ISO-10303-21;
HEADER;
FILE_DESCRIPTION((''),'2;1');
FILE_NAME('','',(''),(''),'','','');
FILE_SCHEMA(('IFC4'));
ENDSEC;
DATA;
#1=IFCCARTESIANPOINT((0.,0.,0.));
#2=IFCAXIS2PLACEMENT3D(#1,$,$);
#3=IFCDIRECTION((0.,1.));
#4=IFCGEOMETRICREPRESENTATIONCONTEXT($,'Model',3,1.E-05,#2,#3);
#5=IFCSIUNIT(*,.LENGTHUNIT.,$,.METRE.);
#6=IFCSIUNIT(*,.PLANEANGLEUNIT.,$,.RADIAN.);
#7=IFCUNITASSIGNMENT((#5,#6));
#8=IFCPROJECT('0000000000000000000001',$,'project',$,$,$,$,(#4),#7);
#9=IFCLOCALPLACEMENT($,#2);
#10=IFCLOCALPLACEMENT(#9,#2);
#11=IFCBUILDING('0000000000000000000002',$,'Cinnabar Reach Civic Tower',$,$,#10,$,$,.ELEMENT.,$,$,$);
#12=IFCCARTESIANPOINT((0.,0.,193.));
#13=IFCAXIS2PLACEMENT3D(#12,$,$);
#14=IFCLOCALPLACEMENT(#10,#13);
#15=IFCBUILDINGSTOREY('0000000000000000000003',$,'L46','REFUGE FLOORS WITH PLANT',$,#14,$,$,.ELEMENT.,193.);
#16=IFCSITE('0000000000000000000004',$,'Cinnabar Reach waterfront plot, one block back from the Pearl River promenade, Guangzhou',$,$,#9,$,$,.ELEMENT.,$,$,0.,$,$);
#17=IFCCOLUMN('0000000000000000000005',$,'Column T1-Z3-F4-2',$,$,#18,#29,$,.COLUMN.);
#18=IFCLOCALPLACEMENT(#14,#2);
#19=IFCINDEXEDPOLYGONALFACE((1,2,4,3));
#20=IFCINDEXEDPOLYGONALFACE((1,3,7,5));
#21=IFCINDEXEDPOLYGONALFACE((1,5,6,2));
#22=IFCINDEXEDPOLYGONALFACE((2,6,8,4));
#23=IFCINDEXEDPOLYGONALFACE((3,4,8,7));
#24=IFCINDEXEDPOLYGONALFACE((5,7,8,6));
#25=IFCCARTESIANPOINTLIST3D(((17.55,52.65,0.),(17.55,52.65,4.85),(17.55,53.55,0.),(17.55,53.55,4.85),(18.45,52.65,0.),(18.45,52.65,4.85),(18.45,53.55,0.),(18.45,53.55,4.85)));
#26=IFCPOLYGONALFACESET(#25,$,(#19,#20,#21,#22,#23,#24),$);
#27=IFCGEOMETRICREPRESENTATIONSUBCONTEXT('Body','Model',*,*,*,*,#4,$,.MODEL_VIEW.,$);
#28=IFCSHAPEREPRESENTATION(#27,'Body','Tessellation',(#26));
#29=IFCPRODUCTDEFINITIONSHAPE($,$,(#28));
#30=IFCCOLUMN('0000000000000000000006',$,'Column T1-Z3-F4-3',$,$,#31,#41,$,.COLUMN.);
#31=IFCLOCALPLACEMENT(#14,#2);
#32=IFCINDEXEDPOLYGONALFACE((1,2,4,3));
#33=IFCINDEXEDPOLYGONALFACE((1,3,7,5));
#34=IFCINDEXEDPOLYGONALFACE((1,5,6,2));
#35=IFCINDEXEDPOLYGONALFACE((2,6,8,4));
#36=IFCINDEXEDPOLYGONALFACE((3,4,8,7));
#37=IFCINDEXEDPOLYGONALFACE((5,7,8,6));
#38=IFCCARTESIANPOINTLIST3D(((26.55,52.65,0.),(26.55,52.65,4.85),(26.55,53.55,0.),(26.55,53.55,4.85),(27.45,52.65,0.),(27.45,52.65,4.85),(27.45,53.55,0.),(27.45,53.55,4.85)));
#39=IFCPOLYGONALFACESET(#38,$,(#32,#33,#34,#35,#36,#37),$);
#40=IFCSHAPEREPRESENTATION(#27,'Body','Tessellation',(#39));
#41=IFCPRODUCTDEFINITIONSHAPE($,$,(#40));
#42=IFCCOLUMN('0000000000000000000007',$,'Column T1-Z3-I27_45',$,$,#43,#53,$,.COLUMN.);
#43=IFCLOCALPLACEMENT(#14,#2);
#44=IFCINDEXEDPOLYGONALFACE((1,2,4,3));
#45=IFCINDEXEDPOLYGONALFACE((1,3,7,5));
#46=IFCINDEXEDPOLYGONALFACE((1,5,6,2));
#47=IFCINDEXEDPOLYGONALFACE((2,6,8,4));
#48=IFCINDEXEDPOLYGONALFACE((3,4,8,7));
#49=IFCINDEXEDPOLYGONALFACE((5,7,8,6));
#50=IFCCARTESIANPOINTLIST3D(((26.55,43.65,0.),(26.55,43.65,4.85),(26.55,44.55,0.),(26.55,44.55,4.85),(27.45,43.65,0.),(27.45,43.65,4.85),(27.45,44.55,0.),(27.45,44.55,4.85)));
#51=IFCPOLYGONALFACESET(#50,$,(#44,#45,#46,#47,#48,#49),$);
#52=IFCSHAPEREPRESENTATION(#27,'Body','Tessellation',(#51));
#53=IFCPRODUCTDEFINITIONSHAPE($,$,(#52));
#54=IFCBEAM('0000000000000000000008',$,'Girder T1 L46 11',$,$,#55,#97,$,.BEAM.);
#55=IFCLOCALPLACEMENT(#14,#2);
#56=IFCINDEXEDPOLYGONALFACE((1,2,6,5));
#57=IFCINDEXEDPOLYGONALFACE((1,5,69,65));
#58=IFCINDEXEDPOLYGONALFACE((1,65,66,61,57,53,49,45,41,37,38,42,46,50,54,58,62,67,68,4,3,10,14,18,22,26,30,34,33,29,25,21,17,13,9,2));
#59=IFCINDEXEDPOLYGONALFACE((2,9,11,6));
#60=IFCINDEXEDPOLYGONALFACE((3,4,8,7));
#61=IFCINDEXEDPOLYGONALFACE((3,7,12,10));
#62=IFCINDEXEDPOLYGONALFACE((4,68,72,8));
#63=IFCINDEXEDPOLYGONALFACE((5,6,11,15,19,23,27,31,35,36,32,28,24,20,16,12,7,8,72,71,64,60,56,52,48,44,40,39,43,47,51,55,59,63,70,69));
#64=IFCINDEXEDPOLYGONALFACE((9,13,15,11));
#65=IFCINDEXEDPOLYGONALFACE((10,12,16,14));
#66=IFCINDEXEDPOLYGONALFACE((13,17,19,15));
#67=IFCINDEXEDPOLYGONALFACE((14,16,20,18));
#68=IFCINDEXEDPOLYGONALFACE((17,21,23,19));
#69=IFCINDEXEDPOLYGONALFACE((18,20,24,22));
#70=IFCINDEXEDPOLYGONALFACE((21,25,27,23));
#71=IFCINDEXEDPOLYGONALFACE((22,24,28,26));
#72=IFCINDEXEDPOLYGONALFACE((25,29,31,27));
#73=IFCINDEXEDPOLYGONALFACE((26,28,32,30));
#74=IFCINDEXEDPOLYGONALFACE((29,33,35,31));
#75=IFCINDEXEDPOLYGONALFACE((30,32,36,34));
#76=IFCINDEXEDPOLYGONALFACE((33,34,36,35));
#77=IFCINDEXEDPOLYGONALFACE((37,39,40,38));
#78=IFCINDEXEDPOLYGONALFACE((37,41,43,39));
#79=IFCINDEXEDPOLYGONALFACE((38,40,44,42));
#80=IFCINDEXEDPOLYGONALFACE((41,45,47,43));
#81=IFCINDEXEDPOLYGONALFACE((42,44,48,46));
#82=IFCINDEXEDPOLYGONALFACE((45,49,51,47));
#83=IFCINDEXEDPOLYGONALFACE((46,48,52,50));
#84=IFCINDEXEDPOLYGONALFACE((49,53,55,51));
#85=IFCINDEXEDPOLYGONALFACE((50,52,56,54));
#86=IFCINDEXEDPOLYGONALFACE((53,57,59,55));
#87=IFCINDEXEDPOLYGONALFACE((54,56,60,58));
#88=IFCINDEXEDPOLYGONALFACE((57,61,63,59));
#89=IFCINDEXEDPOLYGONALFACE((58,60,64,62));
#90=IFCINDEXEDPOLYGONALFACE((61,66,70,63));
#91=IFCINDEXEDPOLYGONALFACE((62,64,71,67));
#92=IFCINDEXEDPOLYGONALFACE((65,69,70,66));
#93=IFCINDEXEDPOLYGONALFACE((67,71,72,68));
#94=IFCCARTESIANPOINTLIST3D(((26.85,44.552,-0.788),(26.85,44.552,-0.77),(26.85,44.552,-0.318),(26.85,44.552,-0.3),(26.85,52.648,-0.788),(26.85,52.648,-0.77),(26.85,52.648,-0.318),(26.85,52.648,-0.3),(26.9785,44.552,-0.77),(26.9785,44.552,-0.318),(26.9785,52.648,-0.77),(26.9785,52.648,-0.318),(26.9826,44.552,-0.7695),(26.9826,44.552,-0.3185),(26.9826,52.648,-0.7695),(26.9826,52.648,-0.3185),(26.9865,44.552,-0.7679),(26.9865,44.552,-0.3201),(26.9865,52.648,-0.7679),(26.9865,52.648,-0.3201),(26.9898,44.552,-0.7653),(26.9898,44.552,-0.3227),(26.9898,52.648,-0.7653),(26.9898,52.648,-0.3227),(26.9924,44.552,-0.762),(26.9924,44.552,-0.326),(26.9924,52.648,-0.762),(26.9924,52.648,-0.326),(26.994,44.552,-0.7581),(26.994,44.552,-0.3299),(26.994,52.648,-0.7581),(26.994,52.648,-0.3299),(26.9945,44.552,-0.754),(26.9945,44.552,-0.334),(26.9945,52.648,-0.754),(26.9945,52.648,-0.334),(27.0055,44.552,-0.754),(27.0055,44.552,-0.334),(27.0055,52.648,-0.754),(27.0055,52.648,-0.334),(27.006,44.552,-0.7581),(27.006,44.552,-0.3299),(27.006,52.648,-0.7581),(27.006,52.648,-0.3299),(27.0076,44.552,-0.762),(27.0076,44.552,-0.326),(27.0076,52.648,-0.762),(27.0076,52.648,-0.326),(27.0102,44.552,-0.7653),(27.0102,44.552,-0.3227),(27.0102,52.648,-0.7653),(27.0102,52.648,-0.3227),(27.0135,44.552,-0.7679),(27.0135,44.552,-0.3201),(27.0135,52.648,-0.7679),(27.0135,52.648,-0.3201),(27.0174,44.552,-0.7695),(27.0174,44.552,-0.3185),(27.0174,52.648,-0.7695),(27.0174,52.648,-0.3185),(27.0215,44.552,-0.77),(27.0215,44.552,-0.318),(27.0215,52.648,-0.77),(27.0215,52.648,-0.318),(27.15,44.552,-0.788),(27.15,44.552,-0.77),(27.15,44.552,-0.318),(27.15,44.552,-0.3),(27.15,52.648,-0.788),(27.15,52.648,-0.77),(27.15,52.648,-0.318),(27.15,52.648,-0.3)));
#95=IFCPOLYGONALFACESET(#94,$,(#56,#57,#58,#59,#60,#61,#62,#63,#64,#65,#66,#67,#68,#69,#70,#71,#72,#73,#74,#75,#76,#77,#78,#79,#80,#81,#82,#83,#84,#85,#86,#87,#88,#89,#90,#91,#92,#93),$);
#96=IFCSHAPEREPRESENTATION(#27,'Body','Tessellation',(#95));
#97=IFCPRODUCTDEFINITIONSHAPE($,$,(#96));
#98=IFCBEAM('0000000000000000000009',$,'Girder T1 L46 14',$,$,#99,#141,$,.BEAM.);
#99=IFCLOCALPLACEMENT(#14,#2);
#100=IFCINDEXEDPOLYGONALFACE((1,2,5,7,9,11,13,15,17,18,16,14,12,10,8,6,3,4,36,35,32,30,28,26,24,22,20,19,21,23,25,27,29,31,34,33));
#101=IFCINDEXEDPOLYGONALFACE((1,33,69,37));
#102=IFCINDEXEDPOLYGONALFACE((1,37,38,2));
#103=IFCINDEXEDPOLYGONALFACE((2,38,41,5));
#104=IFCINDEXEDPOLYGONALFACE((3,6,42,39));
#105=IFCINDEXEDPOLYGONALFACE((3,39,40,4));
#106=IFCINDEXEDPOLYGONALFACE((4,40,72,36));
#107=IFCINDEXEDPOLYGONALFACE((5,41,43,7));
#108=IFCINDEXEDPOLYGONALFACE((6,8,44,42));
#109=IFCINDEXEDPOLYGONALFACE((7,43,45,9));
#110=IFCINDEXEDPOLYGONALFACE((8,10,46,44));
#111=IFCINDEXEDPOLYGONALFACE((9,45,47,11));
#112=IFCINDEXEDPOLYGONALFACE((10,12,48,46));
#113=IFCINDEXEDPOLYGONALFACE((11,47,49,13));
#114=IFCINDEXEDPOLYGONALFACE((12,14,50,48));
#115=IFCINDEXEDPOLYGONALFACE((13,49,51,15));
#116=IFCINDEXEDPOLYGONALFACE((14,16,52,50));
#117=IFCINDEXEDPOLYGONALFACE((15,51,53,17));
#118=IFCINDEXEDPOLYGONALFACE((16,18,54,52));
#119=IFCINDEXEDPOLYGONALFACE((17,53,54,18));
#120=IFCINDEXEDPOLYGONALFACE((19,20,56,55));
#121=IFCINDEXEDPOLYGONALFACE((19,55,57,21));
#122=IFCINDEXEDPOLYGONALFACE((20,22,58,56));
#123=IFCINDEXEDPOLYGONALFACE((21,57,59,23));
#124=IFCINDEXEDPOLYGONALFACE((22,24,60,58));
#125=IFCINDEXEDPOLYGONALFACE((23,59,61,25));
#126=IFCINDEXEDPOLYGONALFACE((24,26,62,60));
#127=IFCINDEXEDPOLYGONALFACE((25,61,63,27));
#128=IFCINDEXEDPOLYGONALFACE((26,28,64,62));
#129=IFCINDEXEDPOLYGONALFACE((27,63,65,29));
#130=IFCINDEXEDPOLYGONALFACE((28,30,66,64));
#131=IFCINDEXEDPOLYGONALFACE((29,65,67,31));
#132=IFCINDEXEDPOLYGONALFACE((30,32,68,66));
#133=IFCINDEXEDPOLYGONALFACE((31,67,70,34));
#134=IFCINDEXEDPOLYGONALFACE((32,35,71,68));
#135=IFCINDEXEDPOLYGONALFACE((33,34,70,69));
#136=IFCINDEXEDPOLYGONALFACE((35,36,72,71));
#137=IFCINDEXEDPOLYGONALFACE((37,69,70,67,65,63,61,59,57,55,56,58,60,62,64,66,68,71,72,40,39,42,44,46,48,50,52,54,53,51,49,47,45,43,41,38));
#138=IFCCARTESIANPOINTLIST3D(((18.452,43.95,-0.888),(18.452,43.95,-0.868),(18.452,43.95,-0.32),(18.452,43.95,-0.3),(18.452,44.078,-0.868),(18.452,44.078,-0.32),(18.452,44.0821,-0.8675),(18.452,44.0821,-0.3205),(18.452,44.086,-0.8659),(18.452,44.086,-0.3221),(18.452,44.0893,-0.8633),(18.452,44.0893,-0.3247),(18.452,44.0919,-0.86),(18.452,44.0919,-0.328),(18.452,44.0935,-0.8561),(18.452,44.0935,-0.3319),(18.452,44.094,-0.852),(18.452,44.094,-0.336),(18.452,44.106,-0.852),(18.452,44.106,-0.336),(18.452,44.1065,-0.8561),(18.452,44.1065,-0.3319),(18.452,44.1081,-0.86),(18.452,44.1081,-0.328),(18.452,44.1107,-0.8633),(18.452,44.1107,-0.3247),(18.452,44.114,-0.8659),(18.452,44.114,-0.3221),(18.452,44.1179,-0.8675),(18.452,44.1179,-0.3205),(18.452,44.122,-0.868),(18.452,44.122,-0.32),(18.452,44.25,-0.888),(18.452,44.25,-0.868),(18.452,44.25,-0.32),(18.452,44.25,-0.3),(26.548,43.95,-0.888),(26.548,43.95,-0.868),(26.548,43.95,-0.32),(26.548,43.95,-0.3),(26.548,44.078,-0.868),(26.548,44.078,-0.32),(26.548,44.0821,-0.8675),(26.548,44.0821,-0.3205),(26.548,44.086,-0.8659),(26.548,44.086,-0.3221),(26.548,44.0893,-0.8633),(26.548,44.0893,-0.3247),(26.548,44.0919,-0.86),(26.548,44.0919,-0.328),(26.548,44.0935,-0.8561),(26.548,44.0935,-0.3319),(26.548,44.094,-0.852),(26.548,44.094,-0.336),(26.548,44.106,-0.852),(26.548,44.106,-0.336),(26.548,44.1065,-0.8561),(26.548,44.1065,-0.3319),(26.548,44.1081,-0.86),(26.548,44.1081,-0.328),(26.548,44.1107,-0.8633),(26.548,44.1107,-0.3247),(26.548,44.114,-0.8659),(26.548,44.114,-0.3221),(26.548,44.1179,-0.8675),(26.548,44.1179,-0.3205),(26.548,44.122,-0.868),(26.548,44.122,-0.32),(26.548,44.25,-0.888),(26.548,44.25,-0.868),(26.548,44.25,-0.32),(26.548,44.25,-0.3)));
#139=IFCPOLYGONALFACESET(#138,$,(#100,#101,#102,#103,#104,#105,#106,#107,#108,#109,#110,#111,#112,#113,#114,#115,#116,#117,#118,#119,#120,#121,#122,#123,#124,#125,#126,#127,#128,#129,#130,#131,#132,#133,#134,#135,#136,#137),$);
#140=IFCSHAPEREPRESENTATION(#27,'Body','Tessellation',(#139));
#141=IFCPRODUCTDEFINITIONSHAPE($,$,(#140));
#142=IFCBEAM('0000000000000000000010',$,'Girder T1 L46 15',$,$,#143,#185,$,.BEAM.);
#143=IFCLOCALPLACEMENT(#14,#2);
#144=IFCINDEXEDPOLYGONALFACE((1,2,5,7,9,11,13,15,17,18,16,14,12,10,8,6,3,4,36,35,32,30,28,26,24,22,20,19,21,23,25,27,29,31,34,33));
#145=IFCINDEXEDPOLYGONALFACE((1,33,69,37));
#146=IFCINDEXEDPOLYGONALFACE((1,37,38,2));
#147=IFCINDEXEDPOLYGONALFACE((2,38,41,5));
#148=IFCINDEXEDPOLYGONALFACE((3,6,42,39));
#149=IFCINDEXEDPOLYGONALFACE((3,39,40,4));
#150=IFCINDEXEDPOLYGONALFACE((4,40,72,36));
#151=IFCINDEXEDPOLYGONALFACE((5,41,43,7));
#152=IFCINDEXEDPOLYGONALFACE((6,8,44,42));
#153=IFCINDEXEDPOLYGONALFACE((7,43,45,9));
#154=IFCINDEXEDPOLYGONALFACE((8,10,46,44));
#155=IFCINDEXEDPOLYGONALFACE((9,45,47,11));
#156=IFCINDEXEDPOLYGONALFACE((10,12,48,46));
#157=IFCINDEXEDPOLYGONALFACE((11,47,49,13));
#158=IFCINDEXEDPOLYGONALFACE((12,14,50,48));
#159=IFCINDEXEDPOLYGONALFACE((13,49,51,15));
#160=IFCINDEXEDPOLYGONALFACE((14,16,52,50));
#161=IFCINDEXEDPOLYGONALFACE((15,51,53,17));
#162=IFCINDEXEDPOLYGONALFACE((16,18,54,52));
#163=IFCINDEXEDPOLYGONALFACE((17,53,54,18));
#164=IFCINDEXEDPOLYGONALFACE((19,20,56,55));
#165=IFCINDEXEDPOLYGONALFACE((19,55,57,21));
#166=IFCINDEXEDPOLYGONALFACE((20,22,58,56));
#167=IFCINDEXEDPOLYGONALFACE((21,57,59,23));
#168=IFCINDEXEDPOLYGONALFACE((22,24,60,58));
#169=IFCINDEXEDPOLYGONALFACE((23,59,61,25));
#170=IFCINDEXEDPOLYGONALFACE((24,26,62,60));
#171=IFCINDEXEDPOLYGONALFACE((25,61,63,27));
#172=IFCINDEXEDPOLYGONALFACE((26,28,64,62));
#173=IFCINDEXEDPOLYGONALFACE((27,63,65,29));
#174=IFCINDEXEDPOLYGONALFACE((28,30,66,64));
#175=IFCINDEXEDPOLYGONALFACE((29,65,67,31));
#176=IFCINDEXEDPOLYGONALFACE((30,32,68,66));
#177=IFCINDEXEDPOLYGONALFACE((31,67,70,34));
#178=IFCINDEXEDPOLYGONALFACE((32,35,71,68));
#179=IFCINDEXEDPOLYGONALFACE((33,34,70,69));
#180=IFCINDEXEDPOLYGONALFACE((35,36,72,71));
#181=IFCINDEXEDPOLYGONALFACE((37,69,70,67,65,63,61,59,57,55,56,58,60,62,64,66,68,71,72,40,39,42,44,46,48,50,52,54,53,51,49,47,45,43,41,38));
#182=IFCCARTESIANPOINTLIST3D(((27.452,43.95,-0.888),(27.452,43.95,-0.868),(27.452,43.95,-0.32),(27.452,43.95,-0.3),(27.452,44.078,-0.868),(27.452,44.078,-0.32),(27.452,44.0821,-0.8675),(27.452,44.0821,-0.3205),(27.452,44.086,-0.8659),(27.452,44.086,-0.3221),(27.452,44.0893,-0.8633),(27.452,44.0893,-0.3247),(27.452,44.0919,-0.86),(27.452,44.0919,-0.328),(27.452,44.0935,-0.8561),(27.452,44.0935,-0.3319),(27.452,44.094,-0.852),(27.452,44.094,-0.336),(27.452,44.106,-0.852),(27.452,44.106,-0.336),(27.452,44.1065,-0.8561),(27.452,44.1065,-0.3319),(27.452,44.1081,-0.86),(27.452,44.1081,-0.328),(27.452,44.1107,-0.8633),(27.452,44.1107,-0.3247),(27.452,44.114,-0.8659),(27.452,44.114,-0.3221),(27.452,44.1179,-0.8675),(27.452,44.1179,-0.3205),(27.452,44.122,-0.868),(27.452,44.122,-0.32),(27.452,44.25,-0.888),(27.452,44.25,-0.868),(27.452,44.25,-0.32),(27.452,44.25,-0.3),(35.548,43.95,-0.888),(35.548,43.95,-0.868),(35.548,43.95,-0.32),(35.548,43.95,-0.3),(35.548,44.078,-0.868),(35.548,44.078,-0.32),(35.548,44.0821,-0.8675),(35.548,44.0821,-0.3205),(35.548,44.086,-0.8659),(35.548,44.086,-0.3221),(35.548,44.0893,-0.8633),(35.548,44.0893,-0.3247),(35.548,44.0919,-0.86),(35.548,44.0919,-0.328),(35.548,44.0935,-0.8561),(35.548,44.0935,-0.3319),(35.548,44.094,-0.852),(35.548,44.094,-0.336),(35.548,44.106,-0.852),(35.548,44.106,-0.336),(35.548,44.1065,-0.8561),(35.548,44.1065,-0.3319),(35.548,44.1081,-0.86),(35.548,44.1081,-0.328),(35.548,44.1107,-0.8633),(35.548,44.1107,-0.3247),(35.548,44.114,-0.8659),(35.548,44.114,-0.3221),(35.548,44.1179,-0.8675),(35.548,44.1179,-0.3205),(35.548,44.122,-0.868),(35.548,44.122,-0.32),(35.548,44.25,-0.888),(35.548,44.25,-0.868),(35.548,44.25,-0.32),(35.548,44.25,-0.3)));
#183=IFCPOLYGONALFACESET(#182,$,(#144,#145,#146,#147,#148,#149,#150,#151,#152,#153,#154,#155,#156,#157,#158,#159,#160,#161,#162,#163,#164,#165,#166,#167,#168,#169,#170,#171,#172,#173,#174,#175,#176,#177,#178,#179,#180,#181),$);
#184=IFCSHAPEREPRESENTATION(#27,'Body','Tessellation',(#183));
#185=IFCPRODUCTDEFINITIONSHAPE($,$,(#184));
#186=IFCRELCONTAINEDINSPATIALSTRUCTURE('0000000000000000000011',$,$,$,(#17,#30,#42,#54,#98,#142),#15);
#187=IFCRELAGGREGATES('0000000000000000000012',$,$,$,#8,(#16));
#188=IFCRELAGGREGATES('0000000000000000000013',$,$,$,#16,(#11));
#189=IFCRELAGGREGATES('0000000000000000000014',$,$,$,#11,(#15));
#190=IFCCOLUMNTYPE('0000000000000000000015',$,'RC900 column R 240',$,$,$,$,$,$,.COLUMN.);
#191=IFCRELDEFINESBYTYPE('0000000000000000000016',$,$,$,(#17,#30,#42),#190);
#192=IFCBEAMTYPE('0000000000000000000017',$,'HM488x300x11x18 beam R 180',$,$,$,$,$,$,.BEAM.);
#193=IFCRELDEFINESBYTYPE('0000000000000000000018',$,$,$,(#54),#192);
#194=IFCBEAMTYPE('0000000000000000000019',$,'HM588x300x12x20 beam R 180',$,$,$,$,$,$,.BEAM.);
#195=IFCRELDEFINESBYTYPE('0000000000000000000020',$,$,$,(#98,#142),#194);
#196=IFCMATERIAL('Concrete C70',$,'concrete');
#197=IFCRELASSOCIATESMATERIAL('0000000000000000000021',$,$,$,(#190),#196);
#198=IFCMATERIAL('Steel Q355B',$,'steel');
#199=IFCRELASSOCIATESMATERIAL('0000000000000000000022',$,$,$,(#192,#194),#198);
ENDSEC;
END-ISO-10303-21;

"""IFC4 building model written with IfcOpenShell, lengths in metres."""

from ifc_helpers import new_model, si_unit, direction, frame, origin, origin_2d, place, context, subcontext, project, spatial, rectangle, i_section, extrude, material, material_profile, profile_set, type_object, element, save


model = new_model("IFC4")

# Units and contexts
model_context = context("Model", 3, precision=1e-05, world=origin(), true_north=direction((0.0, 1.0)))
body_context = subcontext(model_context, "Body", "Model", "MODEL_VIEW")
ifc_project = project(units=[si_unit("LENGTHUNIT", "METRE"), si_unit("PLANEANGLEUNIT", "RADIAN")], contexts=[model_context])

# Site, building, storey
site_placement = place(None, origin())
site = spatial("IfcSite", under=ifc_project, at=site_placement, Name="Cinnabar Reach waterfront plot, one block back from the Pearl River promenade, Guangzhou", CompositionType="ELEMENT", RefElevation=0.0)
building_placement = place(site_placement, origin())
building = spatial("IfcBuilding", under=site, at=building_placement, Name="Cinnabar Reach Civic Tower", CompositionType="ELEMENT")
storey_placement = place(building_placement, frame((0.0, 0.0, 193.0)))
storey = spatial("IfcBuildingStorey", under=building, at=storey_placement, Name="L46", Description="REFUGE FLOORS WITH PLANT", CompositionType="ELEMENT", Elevation=193.0)

# Columns
ifc_material_1 = material(Name="Concrete C70", Category="concrete")
ifc_material_profile_1 = material_profile(ifc_material_1, rectangle(XDim=0.9, YDim=0.9, at=origin_2d()), Name="RC900")
ifc_profile_set_1 = profile_set([ifc_material_profile_1], Name="Concrete C70")
column_type = type_object("IfcColumnType", Name="RC900 column R 240", PredefinedType="COLUMN", material=ifc_profile_set_1)
for number, where, z_axis, x_axis, name in (
    (1, (18.0, 53.1, 0.0), (0.0, 0.0, 1.0), (1.0, 0.0, 0.0), "Column T1-Z3-F4-2"),
    (2, (27.0, 53.1, 0.0), (0.0, 0.0, 1.0), (1.0, 0.0, 0.0), "Column T1-Z3-F4-3"),
    (3, (27.0, 44.1, 0.0), (0.0, 0.0, 1.0), (1.0, 0.0, 0.0), "Column T1-Z3-I27_45"),
):
    element("IfcColumn", number, at=place(storey_placement, frame(where, z_axis=z_axis, x_axis=x_axis)), inside=storey, type_object=column_type, Name=name, PredefinedType="COLUMN", context=body_context, shape_type="SweptSolid", body=[
        extrude(rectangle(XDim=0.9, YDim=0.9, at=origin_2d()), origin(), (0.0, 0.0, 1.0), 4.85),
    ])

# Beams
ifc_material_2 = material(Name="Steel Q355B", Category="steel")
ifc_material_profile_2 = material_profile(ifc_material_2, i_section(OverallWidth=0.3, OverallDepth=0.488, WebThickness=0.011, FlangeThickness=0.018, FilletRadius=0.016, at=origin_2d()), Name="HM488x300x11x18")
ifc_profile_set_2 = profile_set([ifc_material_profile_2], Name="Steel Q355B")
beam_type_1 = type_object("IfcBeamType", Name="HM488x300x11x18 beam R 180", PredefinedType="BEAM", material=ifc_profile_set_2)
beam_1_placement = place(storey_placement, frame((27.0, 44.552, -0.544), z_axis=(0.0, 1.0, 0.0), x_axis=(-1.0, 0.0, 0.0)))
element("IfcBeam", 4, at=beam_1_placement, inside=storey, type_object=beam_type_1, Name="Girder T1 L46 11", PredefinedType="BEAM", context=body_context, shape_type="SweptSolid", body=[
    extrude(i_section(OverallWidth=0.3, OverallDepth=0.488, WebThickness=0.011, FlangeThickness=0.018, FilletRadius=0.016, at=origin_2d()), origin(), (0.0, 0.0, 1.0), 8.096),
])
ifc_material_profile_3 = material_profile(ifc_material_2, i_section(OverallWidth=0.3, OverallDepth=0.588, WebThickness=0.012, FlangeThickness=0.02, FilletRadius=0.016, at=origin_2d()), Name="HM588x300x12x20")
ifc_profile_set_3 = profile_set([ifc_material_profile_3], Name="Steel Q355B")
beam_type_2 = type_object("IfcBeamType", Name="HM588x300x12x20 beam R 180", PredefinedType="BEAM", material=ifc_profile_set_3)
for number, where, z_axis, x_axis, name in (
    (5, (18.452, 44.1, -0.594), (1.0, 0.0, 0.0), (0.0, 1.0, 0.0), "Girder T1 L46 14"),
    (6, (27.452, 44.1, -0.594), (1.0, 0.0, 0.0), (0.0, 1.0, 0.0), "Girder T1 L46 15"),
):
    element("IfcBeam", number, at=place(storey_placement, frame(where, z_axis=z_axis, x_axis=x_axis)), inside=storey, type_object=beam_type_2, Name=name, PredefinedType="BEAM", context=body_context, shape_type="SweptSolid", body=[
        extrude(i_section(OverallWidth=0.3, OverallDepth=0.588, WebThickness=0.012, FlangeThickness=0.02, FilletRadius=0.016, at=origin_2d()), origin(), (0.0, 0.0, 1.0), 8.096),
    ])

save(model, "model.ifc")
